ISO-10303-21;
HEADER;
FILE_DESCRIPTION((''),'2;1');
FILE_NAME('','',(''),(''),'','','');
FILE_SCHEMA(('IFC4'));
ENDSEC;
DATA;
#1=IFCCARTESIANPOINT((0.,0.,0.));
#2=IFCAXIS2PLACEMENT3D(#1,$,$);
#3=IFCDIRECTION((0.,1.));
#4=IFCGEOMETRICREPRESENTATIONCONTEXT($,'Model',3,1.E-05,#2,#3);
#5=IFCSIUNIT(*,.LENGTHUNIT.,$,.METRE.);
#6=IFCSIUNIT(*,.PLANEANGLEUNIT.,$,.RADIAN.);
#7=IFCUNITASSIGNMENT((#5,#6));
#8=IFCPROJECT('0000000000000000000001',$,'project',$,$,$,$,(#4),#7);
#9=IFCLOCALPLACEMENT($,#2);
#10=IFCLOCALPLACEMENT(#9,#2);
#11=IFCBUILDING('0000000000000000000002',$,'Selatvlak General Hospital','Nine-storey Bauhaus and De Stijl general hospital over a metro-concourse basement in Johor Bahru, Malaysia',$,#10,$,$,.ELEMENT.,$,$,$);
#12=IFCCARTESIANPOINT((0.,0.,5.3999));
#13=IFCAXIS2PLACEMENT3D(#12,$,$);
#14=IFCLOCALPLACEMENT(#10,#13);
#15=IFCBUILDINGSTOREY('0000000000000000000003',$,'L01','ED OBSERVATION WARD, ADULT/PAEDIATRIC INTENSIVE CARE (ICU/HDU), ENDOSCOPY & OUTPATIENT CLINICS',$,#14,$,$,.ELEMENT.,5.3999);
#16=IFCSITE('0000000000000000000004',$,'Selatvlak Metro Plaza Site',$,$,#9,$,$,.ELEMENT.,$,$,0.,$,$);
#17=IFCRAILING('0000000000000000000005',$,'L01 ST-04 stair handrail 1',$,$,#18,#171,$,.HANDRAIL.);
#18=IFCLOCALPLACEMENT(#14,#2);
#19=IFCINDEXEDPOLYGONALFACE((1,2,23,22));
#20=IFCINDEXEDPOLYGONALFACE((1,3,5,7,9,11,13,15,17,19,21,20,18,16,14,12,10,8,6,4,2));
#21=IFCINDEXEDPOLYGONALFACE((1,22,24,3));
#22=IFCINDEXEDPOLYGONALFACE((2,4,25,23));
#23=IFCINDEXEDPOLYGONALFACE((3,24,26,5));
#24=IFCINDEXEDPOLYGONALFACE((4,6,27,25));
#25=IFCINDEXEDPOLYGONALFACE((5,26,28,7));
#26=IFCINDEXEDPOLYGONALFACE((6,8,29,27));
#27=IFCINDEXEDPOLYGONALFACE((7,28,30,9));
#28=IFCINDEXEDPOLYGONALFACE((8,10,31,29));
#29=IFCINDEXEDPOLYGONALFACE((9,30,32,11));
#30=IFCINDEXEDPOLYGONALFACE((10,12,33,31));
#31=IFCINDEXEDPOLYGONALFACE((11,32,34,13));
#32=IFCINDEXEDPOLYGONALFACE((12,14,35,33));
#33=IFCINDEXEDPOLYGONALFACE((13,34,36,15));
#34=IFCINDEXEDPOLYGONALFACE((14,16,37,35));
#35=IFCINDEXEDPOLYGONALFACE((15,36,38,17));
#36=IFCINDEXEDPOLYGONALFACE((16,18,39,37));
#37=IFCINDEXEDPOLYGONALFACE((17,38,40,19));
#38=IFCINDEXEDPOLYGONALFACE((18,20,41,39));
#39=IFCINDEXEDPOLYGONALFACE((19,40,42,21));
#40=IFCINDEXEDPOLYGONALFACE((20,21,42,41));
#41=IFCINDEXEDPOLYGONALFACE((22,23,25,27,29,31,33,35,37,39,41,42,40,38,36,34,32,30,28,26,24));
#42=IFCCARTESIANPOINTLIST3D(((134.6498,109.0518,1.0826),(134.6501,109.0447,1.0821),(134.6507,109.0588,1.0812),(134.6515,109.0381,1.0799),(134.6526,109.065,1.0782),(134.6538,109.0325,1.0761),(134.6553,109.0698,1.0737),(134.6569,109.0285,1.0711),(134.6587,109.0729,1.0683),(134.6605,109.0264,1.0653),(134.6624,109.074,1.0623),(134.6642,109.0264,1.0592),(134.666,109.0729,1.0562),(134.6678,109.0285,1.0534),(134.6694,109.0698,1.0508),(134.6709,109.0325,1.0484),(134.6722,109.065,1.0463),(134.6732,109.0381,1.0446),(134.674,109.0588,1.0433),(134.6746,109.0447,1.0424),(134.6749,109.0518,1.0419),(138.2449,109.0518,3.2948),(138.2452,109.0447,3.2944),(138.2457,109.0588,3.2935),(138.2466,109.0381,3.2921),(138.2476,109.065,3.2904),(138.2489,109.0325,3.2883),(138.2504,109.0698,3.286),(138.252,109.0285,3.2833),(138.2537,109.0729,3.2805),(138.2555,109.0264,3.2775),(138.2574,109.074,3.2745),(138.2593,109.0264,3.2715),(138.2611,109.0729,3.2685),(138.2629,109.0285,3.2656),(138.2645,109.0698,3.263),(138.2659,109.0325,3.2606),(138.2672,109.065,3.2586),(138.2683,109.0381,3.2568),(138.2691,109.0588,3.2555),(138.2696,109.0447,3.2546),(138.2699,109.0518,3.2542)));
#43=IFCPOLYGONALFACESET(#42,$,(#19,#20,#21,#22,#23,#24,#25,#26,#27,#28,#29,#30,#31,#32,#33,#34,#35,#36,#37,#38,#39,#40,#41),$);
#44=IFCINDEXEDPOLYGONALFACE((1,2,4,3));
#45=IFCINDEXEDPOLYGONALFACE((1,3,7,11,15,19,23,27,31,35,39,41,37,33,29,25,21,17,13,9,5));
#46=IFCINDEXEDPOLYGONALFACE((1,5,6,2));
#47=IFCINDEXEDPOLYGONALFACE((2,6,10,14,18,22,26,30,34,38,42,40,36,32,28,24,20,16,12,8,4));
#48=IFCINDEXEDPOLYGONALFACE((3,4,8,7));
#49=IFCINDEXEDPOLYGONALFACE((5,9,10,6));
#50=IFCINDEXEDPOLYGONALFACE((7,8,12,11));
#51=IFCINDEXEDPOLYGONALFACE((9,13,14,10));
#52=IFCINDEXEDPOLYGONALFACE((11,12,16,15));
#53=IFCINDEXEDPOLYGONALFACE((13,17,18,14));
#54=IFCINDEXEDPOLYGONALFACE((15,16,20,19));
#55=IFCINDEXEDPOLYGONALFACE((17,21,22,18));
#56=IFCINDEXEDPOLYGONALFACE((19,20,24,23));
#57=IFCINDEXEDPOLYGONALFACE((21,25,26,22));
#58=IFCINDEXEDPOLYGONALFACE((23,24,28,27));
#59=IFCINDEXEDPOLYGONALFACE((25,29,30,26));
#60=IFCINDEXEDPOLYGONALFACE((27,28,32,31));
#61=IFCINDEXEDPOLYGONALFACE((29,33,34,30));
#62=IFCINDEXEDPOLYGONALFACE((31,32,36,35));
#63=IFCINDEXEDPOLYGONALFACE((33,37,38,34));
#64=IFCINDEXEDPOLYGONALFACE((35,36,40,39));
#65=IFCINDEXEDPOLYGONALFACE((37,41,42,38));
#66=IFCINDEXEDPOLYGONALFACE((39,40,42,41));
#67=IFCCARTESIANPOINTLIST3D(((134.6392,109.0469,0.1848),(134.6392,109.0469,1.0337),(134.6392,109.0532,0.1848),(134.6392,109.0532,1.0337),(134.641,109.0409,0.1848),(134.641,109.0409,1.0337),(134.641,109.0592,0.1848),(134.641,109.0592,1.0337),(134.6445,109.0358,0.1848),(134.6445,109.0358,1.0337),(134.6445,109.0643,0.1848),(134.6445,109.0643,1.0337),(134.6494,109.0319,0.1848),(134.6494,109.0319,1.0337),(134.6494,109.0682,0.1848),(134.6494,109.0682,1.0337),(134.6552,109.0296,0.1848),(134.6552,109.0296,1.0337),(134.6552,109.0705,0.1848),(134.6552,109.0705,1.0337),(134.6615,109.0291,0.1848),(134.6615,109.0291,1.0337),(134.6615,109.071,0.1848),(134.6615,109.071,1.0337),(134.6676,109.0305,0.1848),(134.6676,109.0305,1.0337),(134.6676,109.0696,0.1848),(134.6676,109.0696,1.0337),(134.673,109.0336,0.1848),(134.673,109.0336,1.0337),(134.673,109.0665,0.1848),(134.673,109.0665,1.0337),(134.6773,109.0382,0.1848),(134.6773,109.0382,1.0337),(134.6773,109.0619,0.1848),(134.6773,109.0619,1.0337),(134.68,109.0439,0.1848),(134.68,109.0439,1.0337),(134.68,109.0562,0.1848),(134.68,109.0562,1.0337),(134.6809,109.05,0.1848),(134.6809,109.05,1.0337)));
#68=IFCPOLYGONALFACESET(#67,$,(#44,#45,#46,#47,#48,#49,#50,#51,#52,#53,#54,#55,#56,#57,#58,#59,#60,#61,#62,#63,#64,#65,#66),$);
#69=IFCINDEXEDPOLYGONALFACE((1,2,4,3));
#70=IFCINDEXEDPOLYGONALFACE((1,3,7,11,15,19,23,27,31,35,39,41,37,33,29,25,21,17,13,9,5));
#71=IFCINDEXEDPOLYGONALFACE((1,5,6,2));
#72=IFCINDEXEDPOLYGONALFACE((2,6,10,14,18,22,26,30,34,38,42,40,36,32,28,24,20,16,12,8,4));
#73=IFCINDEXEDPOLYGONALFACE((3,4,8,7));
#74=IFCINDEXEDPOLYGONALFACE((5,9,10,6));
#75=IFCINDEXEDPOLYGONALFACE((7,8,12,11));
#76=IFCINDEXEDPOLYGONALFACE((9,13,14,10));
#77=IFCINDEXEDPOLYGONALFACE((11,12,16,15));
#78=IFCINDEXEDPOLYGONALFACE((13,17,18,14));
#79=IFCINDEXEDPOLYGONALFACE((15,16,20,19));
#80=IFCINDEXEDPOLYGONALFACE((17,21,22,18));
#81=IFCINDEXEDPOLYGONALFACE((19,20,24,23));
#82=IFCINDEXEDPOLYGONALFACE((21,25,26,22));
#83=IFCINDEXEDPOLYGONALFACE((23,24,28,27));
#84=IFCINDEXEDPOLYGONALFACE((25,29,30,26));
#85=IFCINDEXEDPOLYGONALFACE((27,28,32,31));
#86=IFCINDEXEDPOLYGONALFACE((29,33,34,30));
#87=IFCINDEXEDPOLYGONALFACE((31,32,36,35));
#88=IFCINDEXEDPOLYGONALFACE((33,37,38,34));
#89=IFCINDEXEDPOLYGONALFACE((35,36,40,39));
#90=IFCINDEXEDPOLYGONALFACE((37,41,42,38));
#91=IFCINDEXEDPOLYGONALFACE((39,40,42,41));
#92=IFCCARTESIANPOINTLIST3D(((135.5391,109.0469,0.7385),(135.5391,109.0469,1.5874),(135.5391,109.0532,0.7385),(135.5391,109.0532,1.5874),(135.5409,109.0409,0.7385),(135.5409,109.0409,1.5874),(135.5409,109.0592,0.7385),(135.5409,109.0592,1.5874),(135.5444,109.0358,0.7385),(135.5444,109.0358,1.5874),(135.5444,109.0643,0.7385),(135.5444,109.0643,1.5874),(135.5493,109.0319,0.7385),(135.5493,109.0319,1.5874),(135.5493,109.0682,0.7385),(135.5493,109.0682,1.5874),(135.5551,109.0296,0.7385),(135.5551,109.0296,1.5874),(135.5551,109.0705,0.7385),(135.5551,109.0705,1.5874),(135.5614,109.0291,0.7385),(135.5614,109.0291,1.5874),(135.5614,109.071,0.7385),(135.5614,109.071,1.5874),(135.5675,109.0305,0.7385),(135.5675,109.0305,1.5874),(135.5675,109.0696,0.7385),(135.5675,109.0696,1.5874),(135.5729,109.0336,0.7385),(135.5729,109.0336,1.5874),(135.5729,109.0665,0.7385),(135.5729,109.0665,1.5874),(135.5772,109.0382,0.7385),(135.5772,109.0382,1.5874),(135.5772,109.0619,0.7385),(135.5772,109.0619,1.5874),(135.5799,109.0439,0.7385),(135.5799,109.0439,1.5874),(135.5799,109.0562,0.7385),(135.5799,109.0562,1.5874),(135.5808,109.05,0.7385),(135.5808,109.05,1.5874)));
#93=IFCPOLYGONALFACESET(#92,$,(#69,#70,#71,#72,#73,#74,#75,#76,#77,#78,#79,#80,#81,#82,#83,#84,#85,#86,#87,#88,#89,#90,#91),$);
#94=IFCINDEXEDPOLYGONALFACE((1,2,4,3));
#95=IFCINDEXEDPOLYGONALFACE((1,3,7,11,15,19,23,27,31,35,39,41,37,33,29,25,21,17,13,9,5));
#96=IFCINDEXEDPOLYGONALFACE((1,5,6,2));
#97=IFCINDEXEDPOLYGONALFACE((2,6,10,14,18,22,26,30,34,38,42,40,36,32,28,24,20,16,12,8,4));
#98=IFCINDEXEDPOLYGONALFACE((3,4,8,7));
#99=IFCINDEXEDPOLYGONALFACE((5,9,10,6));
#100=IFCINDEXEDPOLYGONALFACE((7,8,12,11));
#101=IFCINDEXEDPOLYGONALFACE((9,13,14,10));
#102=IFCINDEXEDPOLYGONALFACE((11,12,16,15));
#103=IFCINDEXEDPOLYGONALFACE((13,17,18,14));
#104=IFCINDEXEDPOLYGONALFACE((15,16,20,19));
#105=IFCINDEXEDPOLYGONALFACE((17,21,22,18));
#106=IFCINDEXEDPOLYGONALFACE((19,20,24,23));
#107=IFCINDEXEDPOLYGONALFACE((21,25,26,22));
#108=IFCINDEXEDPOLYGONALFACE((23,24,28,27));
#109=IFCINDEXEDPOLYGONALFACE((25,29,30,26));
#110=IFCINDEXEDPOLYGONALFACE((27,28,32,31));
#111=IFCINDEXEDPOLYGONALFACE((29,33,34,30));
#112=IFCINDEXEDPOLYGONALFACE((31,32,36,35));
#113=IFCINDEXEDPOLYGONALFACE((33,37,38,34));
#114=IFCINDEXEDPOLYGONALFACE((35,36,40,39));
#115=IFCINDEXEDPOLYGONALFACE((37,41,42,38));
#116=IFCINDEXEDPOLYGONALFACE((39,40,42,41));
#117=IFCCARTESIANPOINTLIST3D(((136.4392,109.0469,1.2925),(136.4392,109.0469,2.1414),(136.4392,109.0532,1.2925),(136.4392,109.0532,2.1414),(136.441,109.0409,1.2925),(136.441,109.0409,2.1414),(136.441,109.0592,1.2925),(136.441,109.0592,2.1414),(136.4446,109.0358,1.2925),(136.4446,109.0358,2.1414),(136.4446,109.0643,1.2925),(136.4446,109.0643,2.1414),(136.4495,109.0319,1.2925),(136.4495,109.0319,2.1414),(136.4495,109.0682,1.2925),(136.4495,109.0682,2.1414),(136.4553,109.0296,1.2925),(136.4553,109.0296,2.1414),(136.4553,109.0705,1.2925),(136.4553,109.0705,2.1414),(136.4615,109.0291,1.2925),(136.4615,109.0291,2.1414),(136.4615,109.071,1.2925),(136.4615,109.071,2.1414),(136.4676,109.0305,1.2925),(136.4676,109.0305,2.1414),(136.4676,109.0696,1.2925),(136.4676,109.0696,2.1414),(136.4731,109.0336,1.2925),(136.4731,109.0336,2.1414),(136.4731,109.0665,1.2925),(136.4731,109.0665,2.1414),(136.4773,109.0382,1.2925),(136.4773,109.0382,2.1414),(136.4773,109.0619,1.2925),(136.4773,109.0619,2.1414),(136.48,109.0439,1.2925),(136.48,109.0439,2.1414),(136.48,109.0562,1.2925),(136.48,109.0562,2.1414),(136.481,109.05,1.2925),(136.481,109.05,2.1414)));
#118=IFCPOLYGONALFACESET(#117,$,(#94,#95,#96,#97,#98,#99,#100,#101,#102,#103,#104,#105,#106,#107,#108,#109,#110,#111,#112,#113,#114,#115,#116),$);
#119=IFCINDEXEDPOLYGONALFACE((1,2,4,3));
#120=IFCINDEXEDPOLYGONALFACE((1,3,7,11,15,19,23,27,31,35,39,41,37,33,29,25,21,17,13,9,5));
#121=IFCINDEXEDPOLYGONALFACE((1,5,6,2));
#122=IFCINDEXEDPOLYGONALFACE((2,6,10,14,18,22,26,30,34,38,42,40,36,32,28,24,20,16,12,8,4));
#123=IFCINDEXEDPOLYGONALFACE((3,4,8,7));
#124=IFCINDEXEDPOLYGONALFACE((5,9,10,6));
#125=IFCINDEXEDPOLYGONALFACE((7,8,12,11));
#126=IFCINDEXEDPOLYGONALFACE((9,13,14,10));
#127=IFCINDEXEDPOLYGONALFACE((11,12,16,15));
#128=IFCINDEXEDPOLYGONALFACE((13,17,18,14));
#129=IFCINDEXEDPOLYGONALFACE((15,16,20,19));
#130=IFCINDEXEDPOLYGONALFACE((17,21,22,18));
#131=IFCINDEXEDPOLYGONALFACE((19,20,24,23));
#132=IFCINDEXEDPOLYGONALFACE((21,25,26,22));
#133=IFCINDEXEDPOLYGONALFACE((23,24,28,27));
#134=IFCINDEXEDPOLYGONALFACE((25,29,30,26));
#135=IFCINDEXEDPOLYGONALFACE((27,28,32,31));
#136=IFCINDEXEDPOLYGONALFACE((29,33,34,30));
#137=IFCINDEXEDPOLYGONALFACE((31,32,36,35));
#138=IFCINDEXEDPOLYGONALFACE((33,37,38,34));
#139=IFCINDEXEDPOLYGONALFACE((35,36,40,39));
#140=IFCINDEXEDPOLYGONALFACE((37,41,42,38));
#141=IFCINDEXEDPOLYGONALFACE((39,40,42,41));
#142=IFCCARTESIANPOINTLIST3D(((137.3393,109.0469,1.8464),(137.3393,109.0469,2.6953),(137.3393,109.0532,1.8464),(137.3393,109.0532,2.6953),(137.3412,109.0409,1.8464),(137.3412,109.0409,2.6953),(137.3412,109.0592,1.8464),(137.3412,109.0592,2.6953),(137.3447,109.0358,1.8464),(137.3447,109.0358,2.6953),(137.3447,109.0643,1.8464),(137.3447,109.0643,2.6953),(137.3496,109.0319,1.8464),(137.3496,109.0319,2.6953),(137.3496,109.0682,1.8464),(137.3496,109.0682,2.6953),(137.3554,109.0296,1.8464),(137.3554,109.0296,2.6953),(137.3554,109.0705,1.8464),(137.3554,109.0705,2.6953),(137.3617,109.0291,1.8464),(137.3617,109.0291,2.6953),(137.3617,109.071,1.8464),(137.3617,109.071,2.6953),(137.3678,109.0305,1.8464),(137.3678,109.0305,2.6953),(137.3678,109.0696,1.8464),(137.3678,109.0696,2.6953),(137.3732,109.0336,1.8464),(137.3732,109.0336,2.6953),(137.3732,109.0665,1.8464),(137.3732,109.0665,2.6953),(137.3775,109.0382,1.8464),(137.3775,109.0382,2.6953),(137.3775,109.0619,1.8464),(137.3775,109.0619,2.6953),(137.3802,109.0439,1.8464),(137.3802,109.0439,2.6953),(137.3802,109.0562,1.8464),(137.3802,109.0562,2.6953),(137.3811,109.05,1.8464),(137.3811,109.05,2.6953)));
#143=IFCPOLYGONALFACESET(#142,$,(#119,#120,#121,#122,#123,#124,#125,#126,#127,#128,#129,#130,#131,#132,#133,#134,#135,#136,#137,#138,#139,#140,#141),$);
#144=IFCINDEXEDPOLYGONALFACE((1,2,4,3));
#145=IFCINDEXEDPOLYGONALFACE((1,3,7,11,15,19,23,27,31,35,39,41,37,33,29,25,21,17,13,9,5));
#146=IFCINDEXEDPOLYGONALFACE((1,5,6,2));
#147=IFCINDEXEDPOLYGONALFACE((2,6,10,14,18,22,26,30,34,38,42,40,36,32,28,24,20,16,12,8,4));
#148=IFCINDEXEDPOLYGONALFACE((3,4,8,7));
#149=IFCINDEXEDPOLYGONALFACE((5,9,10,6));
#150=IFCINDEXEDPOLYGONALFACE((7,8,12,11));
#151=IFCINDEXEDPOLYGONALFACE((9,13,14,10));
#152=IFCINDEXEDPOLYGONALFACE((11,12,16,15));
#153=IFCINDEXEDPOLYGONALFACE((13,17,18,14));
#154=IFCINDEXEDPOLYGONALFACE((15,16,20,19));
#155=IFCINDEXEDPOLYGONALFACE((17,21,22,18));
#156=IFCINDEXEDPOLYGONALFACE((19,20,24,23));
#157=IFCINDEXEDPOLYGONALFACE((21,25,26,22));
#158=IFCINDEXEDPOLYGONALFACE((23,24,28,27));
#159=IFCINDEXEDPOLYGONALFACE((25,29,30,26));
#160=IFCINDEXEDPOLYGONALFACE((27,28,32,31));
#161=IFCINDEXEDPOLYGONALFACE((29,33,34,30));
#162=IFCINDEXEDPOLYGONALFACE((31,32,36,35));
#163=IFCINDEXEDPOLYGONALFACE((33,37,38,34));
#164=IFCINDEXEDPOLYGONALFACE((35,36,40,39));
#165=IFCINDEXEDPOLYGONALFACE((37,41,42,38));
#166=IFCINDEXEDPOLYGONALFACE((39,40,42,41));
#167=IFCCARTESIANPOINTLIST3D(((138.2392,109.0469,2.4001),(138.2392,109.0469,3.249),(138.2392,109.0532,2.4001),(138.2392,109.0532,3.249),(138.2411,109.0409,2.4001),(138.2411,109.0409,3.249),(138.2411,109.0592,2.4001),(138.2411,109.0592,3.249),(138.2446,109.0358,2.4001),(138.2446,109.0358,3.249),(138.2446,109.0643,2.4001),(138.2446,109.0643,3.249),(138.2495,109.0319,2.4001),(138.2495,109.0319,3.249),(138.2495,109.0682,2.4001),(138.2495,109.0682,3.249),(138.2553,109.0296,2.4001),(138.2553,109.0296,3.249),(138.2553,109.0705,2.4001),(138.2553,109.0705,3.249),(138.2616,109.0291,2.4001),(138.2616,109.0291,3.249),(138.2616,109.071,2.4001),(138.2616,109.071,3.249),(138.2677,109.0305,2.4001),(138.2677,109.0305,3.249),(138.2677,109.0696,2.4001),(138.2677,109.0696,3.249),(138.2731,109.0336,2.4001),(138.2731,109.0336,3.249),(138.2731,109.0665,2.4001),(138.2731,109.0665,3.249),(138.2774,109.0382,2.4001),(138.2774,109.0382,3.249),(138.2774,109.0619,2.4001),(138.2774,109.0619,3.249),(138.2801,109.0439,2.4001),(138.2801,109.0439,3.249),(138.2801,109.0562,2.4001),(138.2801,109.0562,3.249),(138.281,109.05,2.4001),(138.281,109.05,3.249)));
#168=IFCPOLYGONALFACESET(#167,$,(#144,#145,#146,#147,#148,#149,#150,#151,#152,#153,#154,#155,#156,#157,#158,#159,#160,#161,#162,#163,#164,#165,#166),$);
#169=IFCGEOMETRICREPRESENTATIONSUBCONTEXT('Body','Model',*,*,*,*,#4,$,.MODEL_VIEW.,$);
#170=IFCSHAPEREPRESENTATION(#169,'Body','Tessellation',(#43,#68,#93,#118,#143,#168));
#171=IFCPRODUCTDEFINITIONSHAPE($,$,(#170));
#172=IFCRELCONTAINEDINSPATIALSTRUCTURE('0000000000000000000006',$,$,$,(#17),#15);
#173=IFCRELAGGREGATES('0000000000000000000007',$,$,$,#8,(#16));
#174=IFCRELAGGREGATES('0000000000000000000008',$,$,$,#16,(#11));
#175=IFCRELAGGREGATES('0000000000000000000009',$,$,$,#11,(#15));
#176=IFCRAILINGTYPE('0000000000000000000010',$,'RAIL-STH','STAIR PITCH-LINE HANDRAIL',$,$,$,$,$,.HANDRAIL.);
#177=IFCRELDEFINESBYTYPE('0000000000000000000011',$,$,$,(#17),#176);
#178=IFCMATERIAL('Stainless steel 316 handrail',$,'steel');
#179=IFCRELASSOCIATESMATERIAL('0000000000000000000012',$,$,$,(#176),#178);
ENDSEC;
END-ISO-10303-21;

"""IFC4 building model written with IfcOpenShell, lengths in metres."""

from ifc_helpers import new_model, si_unit, direction, frame, origin, origin_2d, place, context, subcontext, project, spatial, circle, extrude, material, type_object, element, save


model = new_model("IFC4")

# Units and contexts
model_context = context("Model", 3, precision=1e-05, world=origin(), true_north=direction((0.0, 1.0)))
body_context = subcontext(model_context, "Body", "Model", "MODEL_VIEW")
ifc_project = project(units=[si_unit("LENGTHUNIT", "METRE"), si_unit("PLANEANGLEUNIT", "RADIAN")], contexts=[model_context])

# Site, building, storey
site_placement = place(None, origin())
site = spatial("IfcSite", under=ifc_project, at=site_placement, Name="Selatvlak Metro Plaza Site", CompositionType="ELEMENT", RefElevation=0.0)
building_placement = place(site_placement, origin())
building = spatial("IfcBuilding", under=site, at=building_placement, Name="Selatvlak General Hospital", Description="Nine-storey Bauhaus and De Stijl general hospital over a metro-concourse basement in Johor Bahru, Malaysia", CompositionType="ELEMENT")
storey_placement = place(building_placement, frame((0.0, 0.0, 5.3999)))
storey = spatial("IfcBuildingStorey", under=building, at=storey_placement, Name="L01", Description="ED OBSERVATION WARD, ADULT/PAEDIATRIC INTENSIVE CARE (ICU/HDU), ENDOSCOPY & OUTPATIENT CLINICS", CompositionType="ELEMENT", Elevation=5.3999)

# Railing
ifc_material_1 = material(Name="Stainless steel 316 handrail", Category="steel")
railing_type_1 = type_object("IfcRailingType", Name="RAIL-STH", Description="STAIR PITCH-LINE HANDRAIL", PredefinedType="HANDRAIL", material=ifc_material_1)
railing_1_placement = place(storey_placement, frame((134.6599, 109.05, 0.1848)))
element("IfcRailing", 1, at=railing_1_placement, inside=storey, type_object=railing_type_1, Name="L01 ST-04 stair handrail 1", PredefinedType="HANDRAIL", context=body_context, shape_type="SweptSolid", body=[
    extrude(circle(Radius=0.0239, at=origin_2d()), frame((0.0024, 0.0, 0.8774), z_axis=(0.85167, 0.0, 0.524078), x_axis=(0.0, 1.0, 0.0)), (0.0, 0.0, 1.0), 4.2212),
    extrude(circle(Radius=0.021, at=origin_2d()), origin(), (0.0, 0.0, 1.0), 0.8489),
    extrude(circle(Radius=0.021, at=origin_2d()), frame((0.8999, 0.0, 0.5537)), (0.0, 0.0, 1.0), 0.8489),
    extrude(circle(Radius=0.021, at=origin_2d()), frame((1.8, 0.0, 1.1077)), (0.0, 0.0, 1.0), 0.8489),
    extrude(circle(Radius=0.021, at=origin_2d()), frame((2.7002, 0.0, 1.6616)), (0.0, 0.0, 1.0), 0.8489),
    extrude(circle(Radius=0.021, at=origin_2d()), frame((3.6001, 0.0, 2.2153)), (0.0, 0.0, 1.0), 0.8489),
])

save(model, "model.ifc")
